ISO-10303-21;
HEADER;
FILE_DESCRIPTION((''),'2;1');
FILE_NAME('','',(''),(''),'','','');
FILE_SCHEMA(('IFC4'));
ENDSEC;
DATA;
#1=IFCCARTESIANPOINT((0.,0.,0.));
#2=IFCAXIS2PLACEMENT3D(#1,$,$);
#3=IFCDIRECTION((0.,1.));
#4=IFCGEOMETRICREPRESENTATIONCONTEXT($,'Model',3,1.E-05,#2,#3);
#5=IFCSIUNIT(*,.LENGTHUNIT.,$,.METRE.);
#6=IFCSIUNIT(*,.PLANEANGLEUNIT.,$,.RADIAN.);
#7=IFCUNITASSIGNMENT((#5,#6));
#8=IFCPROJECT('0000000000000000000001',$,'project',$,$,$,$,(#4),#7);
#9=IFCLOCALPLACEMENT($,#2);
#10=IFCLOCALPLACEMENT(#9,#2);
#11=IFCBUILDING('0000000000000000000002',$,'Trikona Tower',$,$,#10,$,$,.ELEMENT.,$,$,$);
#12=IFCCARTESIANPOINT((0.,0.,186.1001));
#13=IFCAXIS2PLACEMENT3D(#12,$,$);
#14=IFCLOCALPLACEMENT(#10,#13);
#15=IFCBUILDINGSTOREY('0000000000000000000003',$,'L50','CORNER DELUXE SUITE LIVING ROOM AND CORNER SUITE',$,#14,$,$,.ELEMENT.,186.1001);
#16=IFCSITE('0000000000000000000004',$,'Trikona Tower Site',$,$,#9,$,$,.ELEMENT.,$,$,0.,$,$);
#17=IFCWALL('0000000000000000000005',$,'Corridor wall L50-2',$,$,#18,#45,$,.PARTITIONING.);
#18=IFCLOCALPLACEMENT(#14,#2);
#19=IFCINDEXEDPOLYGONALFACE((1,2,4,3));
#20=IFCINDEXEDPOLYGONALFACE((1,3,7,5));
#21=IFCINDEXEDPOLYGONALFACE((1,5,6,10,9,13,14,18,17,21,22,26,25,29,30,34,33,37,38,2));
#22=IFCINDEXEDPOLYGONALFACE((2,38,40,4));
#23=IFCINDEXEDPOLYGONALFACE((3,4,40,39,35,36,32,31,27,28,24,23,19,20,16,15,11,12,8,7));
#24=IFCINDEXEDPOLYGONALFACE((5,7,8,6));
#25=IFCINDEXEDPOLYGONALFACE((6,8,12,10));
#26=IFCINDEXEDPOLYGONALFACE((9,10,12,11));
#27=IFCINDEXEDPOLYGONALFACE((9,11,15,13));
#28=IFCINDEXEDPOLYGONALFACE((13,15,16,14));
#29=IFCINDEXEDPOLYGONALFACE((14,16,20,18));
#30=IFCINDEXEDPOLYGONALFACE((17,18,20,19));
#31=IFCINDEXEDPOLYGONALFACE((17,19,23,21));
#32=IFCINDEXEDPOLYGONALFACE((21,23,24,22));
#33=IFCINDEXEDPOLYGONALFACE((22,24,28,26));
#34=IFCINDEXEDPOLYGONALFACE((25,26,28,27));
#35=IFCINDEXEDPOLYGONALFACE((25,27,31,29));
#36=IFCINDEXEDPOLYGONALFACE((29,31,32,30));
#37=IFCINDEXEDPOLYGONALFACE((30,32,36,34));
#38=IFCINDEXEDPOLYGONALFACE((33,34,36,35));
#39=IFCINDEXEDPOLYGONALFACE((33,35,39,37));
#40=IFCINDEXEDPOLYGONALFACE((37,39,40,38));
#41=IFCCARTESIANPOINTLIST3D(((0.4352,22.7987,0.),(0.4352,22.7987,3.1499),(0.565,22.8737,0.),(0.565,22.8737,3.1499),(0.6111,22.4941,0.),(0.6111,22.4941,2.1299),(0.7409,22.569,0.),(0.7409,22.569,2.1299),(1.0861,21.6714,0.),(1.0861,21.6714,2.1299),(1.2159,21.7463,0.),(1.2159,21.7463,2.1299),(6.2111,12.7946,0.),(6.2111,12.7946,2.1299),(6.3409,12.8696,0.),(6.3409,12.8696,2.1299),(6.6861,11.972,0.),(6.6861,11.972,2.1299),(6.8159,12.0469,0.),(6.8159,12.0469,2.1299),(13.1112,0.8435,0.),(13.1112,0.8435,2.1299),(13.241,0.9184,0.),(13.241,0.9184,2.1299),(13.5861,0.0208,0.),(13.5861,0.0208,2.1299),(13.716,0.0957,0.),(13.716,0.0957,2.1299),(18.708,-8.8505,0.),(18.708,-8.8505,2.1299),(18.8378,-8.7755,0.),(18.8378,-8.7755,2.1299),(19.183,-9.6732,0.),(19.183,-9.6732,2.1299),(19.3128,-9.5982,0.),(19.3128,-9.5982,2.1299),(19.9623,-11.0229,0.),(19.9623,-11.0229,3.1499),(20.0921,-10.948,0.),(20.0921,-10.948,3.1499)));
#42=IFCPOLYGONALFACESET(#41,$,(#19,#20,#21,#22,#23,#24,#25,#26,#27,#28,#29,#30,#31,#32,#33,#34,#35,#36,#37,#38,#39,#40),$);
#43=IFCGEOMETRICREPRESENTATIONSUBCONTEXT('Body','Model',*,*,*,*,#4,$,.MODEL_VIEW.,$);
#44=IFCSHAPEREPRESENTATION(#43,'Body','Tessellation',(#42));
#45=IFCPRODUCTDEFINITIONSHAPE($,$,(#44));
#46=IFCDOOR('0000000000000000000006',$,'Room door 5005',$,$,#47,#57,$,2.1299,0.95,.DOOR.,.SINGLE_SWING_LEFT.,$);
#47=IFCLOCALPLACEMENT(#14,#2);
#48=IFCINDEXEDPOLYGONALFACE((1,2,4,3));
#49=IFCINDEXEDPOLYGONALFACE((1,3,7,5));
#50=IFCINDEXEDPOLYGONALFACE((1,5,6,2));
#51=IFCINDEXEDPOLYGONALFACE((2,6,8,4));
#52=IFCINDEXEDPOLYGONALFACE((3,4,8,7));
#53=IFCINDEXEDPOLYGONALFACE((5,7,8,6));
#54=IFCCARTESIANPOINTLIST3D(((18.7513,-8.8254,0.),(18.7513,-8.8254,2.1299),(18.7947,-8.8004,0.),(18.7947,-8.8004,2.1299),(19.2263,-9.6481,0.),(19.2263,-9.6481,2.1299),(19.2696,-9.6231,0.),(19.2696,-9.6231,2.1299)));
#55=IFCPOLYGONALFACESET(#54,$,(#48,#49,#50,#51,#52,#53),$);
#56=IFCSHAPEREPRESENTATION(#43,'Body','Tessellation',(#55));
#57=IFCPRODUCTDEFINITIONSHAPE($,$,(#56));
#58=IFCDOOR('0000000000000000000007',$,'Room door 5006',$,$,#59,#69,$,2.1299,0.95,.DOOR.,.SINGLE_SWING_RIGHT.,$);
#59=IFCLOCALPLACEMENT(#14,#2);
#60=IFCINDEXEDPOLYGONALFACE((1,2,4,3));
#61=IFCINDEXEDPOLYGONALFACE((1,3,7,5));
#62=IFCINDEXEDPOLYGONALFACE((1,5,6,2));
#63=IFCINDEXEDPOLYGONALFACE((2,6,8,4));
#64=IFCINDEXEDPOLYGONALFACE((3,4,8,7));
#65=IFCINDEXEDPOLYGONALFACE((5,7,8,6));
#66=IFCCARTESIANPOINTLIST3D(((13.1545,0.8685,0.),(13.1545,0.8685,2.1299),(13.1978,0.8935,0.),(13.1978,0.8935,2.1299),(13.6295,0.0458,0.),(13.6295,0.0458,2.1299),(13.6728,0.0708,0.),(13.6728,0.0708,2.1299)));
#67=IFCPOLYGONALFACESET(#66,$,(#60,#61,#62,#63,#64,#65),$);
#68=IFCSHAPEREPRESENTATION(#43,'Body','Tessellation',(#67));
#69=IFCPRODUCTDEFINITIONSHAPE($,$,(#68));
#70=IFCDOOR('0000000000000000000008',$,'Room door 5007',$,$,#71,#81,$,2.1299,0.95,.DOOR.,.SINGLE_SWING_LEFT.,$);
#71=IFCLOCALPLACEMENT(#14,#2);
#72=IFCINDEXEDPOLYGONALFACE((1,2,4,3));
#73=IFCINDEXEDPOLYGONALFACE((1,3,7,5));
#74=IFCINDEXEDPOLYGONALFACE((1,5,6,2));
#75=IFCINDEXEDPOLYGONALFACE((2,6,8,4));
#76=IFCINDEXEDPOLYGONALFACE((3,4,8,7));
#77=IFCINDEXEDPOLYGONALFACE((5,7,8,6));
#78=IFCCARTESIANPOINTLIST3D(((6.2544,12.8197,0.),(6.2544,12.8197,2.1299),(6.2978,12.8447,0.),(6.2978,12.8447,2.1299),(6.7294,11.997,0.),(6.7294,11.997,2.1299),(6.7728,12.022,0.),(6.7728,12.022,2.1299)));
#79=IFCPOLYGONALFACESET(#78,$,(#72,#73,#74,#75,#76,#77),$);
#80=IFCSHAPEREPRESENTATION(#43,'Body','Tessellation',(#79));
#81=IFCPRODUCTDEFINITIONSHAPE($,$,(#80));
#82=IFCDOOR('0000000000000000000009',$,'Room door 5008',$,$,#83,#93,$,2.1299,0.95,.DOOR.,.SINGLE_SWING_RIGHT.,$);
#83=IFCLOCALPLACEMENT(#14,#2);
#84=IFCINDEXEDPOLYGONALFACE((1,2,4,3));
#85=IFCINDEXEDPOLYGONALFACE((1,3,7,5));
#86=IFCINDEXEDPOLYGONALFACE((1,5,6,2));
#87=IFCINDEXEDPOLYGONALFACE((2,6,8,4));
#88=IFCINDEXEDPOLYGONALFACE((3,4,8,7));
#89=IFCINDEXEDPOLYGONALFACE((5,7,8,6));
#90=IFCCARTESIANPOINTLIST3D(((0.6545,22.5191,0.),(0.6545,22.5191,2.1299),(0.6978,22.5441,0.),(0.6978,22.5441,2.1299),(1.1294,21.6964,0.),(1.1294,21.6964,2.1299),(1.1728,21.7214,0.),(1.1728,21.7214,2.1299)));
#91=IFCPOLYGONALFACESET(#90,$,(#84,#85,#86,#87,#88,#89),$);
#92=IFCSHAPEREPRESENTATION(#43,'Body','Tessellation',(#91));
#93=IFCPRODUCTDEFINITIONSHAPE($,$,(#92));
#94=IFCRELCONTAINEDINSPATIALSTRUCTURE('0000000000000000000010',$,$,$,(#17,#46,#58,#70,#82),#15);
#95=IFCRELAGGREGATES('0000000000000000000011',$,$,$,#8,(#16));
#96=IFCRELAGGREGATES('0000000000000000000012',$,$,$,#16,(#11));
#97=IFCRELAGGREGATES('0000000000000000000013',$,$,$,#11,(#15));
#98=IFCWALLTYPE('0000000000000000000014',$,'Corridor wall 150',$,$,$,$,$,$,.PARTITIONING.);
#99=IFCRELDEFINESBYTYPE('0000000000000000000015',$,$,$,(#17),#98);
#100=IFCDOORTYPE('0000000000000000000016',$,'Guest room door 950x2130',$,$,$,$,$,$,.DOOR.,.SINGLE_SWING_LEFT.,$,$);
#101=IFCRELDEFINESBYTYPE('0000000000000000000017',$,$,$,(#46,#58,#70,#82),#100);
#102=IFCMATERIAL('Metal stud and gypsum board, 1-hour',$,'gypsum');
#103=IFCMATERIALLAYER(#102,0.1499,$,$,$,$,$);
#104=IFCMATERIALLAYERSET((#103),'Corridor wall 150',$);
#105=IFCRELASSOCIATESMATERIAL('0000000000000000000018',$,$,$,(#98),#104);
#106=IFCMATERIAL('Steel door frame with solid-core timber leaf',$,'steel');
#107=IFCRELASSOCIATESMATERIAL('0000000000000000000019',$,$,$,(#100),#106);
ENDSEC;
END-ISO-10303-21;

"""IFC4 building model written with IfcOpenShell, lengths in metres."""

from ifc_helpers import new_model, si_unit, direction, frame, frame_2d, origin, place, context, subcontext, project, spatial, rectangle, extrude, material, layer, layer_set, type_object, element, fill, save


model = new_model("IFC4")

# Units and contexts
model_context = context("Model", 3, precision=1e-05, world=origin(), true_north=direction((0.0, 1.0)))
body_context = subcontext(model_context, "Body", "Model", "MODEL_VIEW")
ifc_project = project(units=[si_unit("LENGTHUNIT", "METRE"), si_unit("PLANEANGLEUNIT", "RADIAN")], contexts=[model_context])

# Site, building, storey
site_placement = place(None, origin())
site = spatial("IfcSite", under=ifc_project, at=site_placement, Name="Trikona Tower Site", CompositionType="ELEMENT", RefElevation=0.0)
building_placement = place(site_placement, origin())
building = spatial("IfcBuilding", under=site, at=building_placement, Name="Trikona Tower", CompositionType="ELEMENT")
storey_placement = place(building_placement, frame((0.0, 0.0, 186.1001)))
storey = spatial("IfcBuildingStorey", under=building, at=storey_placement, Name="L50", Description="CORNER DELUXE SUITE LIVING ROOM AND CORNER SUITE", CompositionType="ELEMENT", Elevation=186.1001)

# Wall, openings, doors
ifc_material_1 = material(Name="Metal stud and gypsum board, 1-hour", Category="gypsum")
ifc_layer_1 = layer(ifc_material_1, 0.1499)
ifc_layer_set_1 = layer_set([ifc_layer_1], Name="Corridor wall 150")
wall_type_1 = type_object("IfcWallType", Name="Corridor wall 150", PredefinedType="PARTITIONING", material=ifc_layer_set_1)
wall_1_placement = place(storey_placement, frame((20.0271, -10.9854, 0.0), z_axis=(0.0, 0.0, 1.0), x_axis=(-0.500002, 0.866024, 0.0)))
wall_1 = element("IfcWall", 1, at=wall_1_placement, inside=storey, type_object=wall_type_1, Name="Corridor wall L50-2", PredefinedType="PARTITIONING", context=body_context, shape_type="SweptSolid", body=[
    extrude(rectangle(XDim=39.054, YDim=0.1499, at=frame_2d((19.5269, 0.0))), origin(), (0.0, 0.0, 1.0), 3.1499),
])
opening_1_placement = place(wall_1_placement, frame((1.5583, 0.0, 0.0)))
opening_1 = element("IfcOpeningElement", 2, at=opening_1_placement, cuts=wall_1, PredefinedType="OPENING", context=body_context, shape_type="SweptSolid", body=[
    extrude(rectangle(XDim=0.95, YDim=2.1299, at=frame_2d((0.4751, 1.0649))), frame((0.0, 0.085, 0.0), z_axis=(0.0, -1.0, 0.0), x_axis=(1.0, 0.0, 0.0)), (0.0, 0.0, 1.0), 0.1699),
])
opening_2_placement = place(wall_1_placement, frame((12.752, 0.0, 0.0)))
opening_2 = element("IfcOpeningElement", 3, at=opening_2_placement, cuts=wall_1, PredefinedType="OPENING", context=body_context, shape_type="SweptSolid", body=[
    extrude(rectangle(XDim=0.95, YDim=2.1299, at=frame_2d((0.4751, 1.0649))), frame((0.0, 0.085, 0.0), z_axis=(0.0, -1.0, 0.0), x_axis=(1.0, 0.0, 0.0)), (0.0, 0.0, 1.0), 0.1699),
])
opening_3_placement = place(wall_1_placement, frame((26.552, 0.0, 0.0)))
opening_3 = element("IfcOpeningElement", 4, at=opening_3_placement, cuts=wall_1, PredefinedType="OPENING", context=body_context, shape_type="SweptSolid", body=[
    extrude(rectangle(XDim=0.95, YDim=2.1299, at=frame_2d((0.4751, 1.0649))), frame((0.0, 0.085, 0.0), z_axis=(0.0, -1.0, 0.0), x_axis=(1.0, 0.0, 0.0)), (0.0, 0.0, 1.0), 0.1699),
])
opening_4_placement = place(wall_1_placement, frame((37.752, 0.0, 0.0)))
opening_4 = element("IfcOpeningElement", 5, at=opening_4_placement, cuts=wall_1, PredefinedType="OPENING", context=body_context, shape_type="SweptSolid", body=[
    extrude(rectangle(XDim=0.95, YDim=2.1299, at=frame_2d((0.4751, 1.0649))), frame((0.0, 0.085, 0.0), z_axis=(0.0, -1.0, 0.0), x_axis=(1.0, 0.0, 0.0)), (0.0, 0.0, 1.0), 0.1699),
])
ifc_material_2 = material(Name="Steel door frame with solid-core timber leaf", Category="steel")
door_type = type_object("IfcDoorType", Name="Guest room door 950x2130", OperationType="SINGLE_SWING_LEFT", PredefinedType="DOOR", material=ifc_material_2)
door_1_placement = place(opening_1_placement, origin())
door_1 = element("IfcDoor", 6, at=door_1_placement, inside=storey, type_object=door_type, Name="Room door 5005", OperationType="SINGLE_SWING_LEFT", OverallHeight=2.1299, OverallWidth=0.95, PredefinedType="DOOR", context=body_context, shape_type="SweptSolid", body=[
    extrude(rectangle(XDim=0.95, YDim=2.1299, at=frame_2d((0.4751, 1.0649))), frame((0.0, 0.0249, 0.0), z_axis=(0.0, -1.0, 0.0), x_axis=(1.0, 0.0, 0.0)), (0.0, 0.0, 1.0), 0.05),
])
fill(opening_1, door_1)
door_2_placement = place(opening_2_placement, origin())
door_2 = element("IfcDoor", 7, at=door_2_placement, inside=storey, type_object=door_type, Name="Room door 5006", OperationType="SINGLE_SWING_RIGHT", OverallHeight=2.1299, OverallWidth=0.95, PredefinedType="DOOR", context=body_context, shape_type="SweptSolid", body=[
    extrude(rectangle(XDim=0.95, YDim=2.1299, at=frame_2d((0.4751, 1.0649))), frame((0.0, 0.0249, 0.0), z_axis=(0.0, -1.0, 0.0), x_axis=(1.0, 0.0, 0.0)), (0.0, 0.0, 1.0), 0.05),
])
fill(opening_2, door_2)
door_3_placement = place(opening_3_placement, origin())
door_3 = element("IfcDoor", 8, at=door_3_placement, inside=storey, type_object=door_type, Name="Room door 5007", OperationType="SINGLE_SWING_LEFT", OverallHeight=2.1299, OverallWidth=0.95, PredefinedType="DOOR", context=body_context, shape_type="SweptSolid", body=[
    extrude(rectangle(XDim=0.95, YDim=2.1299, at=frame_2d((0.4751, 1.0649))), frame((0.0, 0.0249, 0.0), z_axis=(0.0, -1.0, 0.0), x_axis=(1.0, 0.0, 0.0)), (0.0, 0.0, 1.0), 0.05),
])
fill(opening_3, door_3)
door_4_placement = place(opening_4_placement, origin())
door_4 = element("IfcDoor", 9, at=door_4_placement, inside=storey, type_object=door_type, Name="Room door 5008", OperationType="SINGLE_SWING_RIGHT", OverallHeight=2.1299, OverallWidth=0.95, PredefinedType="DOOR", context=body_context, shape_type="SweptSolid", body=[
    extrude(rectangle(XDim=0.95, YDim=2.1299, at=frame_2d((0.4751, 1.0649))), frame((0.0, 0.0249, 0.0), z_axis=(0.0, -1.0, 0.0), x_axis=(1.0, 0.0, 0.0)), (0.0, 0.0, 1.0), 0.05),
])
fill(opening_4, door_4)

save(model, "model.ifc")
